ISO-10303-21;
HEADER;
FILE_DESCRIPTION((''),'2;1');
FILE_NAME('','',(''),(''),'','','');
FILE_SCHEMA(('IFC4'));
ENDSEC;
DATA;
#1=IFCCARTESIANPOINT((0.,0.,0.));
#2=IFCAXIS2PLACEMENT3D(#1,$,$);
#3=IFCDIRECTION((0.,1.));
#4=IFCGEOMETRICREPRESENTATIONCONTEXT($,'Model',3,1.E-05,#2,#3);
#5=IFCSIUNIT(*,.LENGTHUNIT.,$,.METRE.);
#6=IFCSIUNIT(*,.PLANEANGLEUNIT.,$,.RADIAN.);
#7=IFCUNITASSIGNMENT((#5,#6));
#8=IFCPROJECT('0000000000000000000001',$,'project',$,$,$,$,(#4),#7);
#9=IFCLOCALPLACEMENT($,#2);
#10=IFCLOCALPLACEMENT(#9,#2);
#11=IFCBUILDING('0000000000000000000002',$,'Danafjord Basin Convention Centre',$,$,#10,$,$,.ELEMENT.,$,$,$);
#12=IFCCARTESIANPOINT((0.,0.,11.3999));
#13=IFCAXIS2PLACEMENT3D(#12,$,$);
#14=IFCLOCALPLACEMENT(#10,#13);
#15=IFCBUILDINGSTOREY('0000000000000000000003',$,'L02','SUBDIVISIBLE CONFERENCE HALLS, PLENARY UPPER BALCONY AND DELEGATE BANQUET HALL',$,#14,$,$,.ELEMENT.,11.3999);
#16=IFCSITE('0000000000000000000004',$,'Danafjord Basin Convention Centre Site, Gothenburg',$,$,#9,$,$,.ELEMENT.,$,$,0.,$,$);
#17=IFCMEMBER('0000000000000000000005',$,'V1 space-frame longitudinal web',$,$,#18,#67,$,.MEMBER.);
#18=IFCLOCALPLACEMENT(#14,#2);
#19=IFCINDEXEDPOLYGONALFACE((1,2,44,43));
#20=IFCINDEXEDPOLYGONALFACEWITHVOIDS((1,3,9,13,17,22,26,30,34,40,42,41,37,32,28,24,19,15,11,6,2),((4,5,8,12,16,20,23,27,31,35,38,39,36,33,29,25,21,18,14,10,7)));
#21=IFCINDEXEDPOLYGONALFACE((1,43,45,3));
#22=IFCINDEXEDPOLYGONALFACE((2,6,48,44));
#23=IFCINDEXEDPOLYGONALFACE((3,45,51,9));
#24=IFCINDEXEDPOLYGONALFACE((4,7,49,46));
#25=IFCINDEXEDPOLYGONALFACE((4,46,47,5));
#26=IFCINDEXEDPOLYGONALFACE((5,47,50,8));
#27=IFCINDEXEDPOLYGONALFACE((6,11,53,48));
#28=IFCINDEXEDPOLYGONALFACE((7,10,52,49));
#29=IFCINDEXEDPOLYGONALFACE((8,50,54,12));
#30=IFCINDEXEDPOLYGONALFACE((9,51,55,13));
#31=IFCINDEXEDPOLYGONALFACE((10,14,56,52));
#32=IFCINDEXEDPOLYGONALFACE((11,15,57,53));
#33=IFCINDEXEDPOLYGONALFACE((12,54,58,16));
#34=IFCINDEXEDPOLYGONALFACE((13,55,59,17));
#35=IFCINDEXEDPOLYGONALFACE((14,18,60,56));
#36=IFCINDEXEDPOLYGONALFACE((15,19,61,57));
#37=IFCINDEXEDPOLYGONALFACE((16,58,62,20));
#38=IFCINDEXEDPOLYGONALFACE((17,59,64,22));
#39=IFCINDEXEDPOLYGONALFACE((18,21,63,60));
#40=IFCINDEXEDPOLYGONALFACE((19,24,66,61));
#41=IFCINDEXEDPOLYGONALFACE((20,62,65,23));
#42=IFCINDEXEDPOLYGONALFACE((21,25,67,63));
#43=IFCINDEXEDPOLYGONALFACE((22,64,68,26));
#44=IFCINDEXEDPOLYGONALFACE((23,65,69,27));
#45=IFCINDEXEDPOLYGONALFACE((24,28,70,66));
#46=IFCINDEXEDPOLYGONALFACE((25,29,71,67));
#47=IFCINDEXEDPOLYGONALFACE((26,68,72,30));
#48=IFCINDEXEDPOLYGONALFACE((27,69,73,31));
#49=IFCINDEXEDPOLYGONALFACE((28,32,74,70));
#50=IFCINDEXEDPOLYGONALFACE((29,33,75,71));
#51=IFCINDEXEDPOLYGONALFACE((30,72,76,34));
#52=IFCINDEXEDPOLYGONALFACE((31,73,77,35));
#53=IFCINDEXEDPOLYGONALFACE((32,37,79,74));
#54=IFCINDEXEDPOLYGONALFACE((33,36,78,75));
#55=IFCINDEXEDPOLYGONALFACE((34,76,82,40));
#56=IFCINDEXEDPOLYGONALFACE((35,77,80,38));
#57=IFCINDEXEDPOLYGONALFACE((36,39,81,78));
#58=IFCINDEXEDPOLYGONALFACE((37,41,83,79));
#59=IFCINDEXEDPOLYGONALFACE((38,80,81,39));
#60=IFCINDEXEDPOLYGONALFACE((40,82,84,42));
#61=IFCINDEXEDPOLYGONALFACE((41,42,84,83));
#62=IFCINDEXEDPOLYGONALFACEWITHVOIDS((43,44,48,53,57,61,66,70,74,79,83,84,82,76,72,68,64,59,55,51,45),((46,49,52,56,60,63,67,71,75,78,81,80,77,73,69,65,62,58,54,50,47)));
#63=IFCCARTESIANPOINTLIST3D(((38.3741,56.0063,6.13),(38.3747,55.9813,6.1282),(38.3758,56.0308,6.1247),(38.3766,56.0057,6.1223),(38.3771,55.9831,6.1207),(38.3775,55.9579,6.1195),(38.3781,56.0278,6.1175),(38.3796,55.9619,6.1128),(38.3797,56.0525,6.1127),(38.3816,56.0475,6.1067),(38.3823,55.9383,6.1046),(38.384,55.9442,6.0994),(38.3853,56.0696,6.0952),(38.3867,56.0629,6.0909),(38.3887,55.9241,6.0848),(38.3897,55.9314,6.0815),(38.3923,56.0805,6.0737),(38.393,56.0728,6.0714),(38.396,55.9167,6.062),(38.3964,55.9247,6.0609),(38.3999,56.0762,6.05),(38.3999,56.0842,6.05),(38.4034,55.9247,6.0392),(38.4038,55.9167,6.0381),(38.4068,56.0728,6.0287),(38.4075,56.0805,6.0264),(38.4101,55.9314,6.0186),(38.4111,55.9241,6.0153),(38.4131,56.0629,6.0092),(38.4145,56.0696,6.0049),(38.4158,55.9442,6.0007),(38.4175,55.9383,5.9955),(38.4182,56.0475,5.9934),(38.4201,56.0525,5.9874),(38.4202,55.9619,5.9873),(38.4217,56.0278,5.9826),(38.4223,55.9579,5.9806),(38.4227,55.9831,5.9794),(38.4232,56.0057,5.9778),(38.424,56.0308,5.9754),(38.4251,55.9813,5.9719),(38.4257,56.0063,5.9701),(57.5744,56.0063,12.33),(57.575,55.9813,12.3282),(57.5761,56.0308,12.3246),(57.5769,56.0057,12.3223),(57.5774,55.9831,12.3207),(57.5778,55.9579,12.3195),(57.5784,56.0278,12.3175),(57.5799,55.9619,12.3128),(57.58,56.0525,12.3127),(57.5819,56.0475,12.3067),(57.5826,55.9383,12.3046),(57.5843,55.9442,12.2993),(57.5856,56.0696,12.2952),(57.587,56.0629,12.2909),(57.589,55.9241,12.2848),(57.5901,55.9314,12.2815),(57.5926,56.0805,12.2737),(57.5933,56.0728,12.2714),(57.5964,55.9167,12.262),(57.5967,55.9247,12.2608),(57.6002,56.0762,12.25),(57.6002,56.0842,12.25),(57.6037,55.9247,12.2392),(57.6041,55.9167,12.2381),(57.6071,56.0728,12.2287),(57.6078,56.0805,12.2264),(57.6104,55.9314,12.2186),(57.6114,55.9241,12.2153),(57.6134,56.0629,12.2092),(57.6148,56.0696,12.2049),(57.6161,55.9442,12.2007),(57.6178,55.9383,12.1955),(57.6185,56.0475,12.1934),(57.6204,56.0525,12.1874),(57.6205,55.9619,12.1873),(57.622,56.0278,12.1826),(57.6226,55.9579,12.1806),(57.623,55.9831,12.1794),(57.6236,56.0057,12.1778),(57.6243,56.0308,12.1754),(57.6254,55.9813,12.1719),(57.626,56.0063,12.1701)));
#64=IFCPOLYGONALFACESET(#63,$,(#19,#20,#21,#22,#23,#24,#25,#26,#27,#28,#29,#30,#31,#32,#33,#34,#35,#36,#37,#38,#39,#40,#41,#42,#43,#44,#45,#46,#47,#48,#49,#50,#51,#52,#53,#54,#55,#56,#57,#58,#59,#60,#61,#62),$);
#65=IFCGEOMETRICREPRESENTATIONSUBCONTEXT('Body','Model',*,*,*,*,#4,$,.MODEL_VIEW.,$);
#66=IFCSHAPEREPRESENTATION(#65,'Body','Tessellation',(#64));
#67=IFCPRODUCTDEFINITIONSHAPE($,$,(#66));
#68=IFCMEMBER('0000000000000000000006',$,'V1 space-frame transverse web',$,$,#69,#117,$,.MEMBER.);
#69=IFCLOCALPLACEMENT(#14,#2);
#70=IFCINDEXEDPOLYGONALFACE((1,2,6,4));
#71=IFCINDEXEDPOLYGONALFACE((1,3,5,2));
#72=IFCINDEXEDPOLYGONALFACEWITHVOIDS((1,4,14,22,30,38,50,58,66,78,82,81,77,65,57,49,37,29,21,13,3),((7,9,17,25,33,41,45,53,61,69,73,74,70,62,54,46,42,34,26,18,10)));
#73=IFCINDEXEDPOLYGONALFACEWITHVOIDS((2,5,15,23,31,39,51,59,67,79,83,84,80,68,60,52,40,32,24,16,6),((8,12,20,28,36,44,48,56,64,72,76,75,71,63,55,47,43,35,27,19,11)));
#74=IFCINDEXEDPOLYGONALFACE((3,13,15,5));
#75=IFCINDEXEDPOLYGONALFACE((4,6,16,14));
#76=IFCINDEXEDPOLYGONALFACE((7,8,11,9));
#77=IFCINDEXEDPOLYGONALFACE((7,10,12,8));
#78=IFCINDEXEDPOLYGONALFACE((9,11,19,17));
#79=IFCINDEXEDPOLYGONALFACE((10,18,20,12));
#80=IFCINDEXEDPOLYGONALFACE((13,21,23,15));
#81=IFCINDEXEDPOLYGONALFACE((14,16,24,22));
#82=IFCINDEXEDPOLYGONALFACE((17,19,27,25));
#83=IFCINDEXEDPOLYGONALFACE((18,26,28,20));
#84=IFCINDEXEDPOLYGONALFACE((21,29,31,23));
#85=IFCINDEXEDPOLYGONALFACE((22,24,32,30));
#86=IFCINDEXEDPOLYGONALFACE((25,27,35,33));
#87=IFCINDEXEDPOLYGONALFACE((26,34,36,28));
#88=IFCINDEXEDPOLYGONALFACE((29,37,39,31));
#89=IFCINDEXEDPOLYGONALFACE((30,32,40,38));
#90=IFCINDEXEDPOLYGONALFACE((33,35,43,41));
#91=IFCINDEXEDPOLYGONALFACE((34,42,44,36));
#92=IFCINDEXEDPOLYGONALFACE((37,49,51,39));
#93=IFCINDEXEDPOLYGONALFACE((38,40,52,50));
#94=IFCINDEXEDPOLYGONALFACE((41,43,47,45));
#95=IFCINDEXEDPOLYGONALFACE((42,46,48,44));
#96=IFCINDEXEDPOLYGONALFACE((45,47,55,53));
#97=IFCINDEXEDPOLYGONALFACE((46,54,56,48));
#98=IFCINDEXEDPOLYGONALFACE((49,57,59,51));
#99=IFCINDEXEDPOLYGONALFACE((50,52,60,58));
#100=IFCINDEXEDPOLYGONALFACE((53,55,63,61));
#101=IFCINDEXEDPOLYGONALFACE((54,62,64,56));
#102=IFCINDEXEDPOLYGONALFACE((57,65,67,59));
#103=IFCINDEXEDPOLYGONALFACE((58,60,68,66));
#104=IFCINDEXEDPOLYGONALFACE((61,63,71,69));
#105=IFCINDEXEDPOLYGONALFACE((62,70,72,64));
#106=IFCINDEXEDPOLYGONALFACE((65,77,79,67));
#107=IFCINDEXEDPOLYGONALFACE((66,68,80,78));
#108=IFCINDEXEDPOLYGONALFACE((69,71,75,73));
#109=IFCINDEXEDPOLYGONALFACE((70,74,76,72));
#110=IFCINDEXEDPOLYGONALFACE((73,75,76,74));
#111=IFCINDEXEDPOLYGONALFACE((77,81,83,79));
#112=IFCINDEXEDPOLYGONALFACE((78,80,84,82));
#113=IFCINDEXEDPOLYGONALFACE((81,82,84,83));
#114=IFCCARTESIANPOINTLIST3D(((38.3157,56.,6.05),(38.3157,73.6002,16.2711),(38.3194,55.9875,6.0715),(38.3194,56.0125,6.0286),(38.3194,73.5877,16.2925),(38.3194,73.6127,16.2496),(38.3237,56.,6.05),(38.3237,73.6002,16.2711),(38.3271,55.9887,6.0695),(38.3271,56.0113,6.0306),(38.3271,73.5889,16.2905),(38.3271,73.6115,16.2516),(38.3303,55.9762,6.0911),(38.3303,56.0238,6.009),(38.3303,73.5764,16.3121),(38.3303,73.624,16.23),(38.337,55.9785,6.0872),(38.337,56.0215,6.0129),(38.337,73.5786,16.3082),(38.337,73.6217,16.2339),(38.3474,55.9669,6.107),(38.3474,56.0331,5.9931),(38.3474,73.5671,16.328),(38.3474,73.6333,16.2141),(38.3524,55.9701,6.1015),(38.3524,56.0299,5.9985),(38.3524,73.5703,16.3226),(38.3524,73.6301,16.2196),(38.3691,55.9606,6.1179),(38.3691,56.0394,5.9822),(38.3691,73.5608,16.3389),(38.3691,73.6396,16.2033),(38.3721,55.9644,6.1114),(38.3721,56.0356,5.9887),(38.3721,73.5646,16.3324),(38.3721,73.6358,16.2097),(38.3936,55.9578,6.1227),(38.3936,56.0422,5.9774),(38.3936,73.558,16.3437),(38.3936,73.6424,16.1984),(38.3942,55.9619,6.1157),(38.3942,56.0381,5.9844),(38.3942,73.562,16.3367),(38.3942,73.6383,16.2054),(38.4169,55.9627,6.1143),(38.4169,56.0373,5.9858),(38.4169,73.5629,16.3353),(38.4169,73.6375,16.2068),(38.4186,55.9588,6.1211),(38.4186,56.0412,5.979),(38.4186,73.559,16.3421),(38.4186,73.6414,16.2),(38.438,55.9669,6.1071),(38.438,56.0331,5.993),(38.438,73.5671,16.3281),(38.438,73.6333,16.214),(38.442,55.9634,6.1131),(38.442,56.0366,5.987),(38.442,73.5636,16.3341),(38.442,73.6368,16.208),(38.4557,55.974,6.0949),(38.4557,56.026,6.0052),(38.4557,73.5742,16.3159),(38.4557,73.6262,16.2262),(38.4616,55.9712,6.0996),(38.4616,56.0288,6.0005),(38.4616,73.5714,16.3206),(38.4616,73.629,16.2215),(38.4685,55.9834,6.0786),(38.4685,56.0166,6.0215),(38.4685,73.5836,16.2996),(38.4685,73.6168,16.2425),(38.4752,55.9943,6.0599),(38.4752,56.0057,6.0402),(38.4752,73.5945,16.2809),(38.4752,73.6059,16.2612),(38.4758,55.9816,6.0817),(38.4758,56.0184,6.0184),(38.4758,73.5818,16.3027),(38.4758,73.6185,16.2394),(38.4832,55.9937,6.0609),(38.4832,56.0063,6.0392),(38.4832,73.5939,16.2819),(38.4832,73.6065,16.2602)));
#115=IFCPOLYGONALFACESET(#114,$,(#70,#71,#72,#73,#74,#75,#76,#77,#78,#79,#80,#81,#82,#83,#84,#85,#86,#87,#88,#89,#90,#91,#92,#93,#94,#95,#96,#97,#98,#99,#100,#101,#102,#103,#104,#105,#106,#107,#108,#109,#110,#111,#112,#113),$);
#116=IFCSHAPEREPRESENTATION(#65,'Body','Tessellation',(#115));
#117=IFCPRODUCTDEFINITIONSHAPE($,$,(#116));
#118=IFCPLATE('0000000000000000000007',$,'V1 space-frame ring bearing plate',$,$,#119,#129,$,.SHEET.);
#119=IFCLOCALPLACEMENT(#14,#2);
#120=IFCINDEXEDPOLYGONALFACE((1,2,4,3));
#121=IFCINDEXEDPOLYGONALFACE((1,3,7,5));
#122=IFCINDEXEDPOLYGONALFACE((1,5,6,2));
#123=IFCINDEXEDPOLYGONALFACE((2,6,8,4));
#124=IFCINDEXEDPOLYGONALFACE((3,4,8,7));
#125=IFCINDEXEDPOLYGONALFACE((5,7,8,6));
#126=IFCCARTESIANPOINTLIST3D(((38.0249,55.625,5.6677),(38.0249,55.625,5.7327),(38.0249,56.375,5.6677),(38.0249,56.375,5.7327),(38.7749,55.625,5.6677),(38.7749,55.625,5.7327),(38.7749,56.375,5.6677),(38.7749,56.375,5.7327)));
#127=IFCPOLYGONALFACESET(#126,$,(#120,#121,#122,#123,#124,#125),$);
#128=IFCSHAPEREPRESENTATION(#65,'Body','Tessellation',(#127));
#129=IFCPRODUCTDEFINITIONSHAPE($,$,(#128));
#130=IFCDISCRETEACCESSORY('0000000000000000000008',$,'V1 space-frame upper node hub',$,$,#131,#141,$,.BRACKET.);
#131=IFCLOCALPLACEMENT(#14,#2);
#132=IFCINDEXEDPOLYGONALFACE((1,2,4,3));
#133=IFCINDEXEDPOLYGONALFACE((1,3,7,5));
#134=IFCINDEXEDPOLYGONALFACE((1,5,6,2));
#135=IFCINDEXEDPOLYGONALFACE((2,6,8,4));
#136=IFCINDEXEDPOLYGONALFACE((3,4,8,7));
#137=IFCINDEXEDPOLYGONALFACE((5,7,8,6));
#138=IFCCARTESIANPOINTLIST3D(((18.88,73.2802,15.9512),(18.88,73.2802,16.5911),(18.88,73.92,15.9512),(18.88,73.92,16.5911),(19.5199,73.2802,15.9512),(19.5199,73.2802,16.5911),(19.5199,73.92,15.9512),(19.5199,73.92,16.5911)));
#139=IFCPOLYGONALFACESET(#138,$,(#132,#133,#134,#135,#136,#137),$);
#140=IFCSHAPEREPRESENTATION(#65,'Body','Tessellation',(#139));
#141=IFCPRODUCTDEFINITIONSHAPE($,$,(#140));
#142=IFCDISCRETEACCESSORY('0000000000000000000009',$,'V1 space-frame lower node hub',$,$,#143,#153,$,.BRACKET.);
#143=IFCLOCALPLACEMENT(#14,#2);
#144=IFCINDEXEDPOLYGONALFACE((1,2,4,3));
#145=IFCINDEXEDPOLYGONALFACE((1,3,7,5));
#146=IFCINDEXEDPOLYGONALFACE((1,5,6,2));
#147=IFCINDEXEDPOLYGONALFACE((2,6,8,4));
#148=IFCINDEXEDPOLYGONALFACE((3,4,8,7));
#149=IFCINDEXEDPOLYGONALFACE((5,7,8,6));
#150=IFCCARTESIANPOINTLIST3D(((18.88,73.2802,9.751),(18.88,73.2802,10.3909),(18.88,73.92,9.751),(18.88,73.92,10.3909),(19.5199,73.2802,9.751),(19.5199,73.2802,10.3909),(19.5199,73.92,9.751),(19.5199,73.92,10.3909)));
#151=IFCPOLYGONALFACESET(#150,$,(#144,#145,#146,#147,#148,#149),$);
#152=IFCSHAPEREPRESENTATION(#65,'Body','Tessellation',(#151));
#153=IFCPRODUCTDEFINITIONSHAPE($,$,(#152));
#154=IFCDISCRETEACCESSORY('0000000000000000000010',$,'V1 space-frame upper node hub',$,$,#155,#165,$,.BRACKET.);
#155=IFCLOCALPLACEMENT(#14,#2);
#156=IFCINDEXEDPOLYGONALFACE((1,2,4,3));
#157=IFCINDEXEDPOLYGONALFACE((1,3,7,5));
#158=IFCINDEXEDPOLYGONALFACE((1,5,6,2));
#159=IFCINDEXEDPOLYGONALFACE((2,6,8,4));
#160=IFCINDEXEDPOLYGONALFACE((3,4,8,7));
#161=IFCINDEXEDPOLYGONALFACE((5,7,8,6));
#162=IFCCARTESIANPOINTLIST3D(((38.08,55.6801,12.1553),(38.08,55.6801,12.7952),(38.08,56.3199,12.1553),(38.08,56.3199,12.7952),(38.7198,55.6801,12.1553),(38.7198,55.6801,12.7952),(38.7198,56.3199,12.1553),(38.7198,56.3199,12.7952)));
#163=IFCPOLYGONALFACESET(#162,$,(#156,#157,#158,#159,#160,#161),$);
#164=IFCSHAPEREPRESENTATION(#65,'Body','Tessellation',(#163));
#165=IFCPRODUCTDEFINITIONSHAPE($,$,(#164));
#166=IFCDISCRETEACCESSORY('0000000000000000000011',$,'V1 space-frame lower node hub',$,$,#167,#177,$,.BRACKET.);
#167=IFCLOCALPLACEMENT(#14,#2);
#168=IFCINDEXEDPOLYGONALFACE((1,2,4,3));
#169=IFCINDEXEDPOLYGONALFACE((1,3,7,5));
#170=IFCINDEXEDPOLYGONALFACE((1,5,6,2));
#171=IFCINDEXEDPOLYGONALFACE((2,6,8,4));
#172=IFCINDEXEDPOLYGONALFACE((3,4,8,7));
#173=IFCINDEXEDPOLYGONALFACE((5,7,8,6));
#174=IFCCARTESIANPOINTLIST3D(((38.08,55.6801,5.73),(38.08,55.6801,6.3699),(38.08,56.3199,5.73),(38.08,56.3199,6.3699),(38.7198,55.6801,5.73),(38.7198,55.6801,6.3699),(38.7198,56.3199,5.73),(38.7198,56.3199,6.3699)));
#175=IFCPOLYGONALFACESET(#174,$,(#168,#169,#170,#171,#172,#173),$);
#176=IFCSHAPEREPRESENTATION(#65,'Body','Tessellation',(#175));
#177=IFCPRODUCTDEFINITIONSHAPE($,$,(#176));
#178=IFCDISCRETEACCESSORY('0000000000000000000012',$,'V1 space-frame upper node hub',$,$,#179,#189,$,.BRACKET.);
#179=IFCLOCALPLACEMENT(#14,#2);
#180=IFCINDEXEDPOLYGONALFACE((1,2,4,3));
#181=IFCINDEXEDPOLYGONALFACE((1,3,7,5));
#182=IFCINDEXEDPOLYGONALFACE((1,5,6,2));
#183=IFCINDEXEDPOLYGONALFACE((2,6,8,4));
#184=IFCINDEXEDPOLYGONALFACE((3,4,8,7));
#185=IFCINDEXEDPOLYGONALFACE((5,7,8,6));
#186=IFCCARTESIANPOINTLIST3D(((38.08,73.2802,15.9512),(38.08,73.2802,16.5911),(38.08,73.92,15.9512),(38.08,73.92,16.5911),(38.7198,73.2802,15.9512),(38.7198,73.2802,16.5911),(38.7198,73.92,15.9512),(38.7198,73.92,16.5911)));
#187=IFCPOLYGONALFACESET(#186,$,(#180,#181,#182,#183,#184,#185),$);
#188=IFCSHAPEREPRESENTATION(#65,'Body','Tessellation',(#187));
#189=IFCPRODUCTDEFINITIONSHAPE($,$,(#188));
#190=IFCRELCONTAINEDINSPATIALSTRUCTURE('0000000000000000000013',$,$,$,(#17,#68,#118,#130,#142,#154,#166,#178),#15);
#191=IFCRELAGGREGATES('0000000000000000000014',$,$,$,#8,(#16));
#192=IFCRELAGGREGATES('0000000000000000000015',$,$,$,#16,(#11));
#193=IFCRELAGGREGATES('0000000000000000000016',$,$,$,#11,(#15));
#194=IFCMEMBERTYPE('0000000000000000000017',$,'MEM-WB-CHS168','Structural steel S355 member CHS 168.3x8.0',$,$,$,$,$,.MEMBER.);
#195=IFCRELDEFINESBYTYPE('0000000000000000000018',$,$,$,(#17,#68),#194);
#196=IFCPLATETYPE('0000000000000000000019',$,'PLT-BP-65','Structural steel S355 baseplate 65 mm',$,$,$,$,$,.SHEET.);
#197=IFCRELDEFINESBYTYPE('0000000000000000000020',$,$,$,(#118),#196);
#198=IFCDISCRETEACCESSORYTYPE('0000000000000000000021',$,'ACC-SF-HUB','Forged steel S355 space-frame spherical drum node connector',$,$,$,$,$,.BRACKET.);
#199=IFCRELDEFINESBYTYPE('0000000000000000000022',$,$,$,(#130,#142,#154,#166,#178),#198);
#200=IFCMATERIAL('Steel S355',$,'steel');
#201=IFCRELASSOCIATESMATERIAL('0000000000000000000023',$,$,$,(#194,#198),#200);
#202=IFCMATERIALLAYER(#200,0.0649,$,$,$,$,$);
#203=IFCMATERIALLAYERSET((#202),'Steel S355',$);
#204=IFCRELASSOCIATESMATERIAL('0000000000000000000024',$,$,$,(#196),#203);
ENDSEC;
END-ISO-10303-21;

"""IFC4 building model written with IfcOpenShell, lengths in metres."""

from ifc_helpers import new_model, si_unit, direction, frame, origin, origin_2d, place, context, subcontext, project, spatial, rectangle, hollow_circle, extrude, material, layer, layer_set, material_profile, profile_set, type_object, element, save


model = new_model("IFC4")

# Units and contexts
model_context = context("Model", 3, precision=1e-05, world=origin(), true_north=direction((0.0, 1.0)))
body_context = subcontext(model_context, "Body", "Model", "MODEL_VIEW")
ifc_project = project(units=[si_unit("LENGTHUNIT", "METRE"), si_unit("PLANEANGLEUNIT", "RADIAN")], contexts=[model_context])

# Site, building, storey
site_placement = place(None, origin())
site = spatial("IfcSite", under=ifc_project, at=site_placement, Name="Danafjord Basin Convention Centre Site, Gothenburg", CompositionType="ELEMENT", RefElevation=0.0)
building_placement = place(site_placement, origin())
building = spatial("IfcBuilding", under=site, at=building_placement, Name="Danafjord Basin Convention Centre", CompositionType="ELEMENT")
storey_placement = place(building_placement, frame((0.0, 0.0, 11.3999)))
storey = spatial("IfcBuildingStorey", under=building, at=storey_placement, Name="L02", Description="SUBDIVISIBLE CONFERENCE HALLS, PLENARY UPPER BALCONY AND DELEGATE BANQUET HALL", CompositionType="ELEMENT", Elevation=11.3999)

# Shared definitions
ifc_material_1 = material(Name="Steel S355", Category="steel")

# Members
ifc_material_profile_1 = material_profile(ifc_material_1, hollow_circle(Radius=0.0842, WallThickness=0.0081, at=origin_2d()), Name="CHS 168.3x8.0")
ifc_profile_set_1 = profile_set([ifc_material_profile_1], Name="Steel S355")
member_type_1 = type_object("IfcMemberType", Name="MEM-WB-CHS168", Description="Structural steel S355 member CHS 168.3x8.0", PredefinedType="MEMBER", material=ifc_profile_set_1)
member_1_placement = place(storey_placement, frame((38.3999, 56.0, 6.05), z_axis=(0.951617, 0.0, 0.307287), x_axis=(0.0, 1.0, 0.0)))
element("IfcMember", 1, at=member_1_placement, inside=storey, type_object=member_type_1, Name="V1 space-frame longitudinal web", PredefinedType="MEMBER", context=body_context, shape_type="SweptSolid", body=[
    extrude(hollow_circle(Radius=0.0842, WallThickness=0.0081, at=origin_2d()), origin(), (0.0, 0.0, 1.0), 20.1765),
])
member_2_placement = place(storey_placement, frame((38.3999, 56.0, 6.05), z_axis=(0.0, 0.864756, 0.502192), x_axis=(-1.0, 0.0, 0.0)))
element("IfcMember", 2, at=member_2_placement, inside=storey, type_object=member_type_1, Name="V1 space-frame transverse web", PredefinedType="MEMBER", context=body_context, shape_type="SweptSolid", body=[
    extrude(hollow_circle(Radius=0.0842, WallThickness=0.0081, at=origin_2d()), origin(), (0.0, 0.0, 1.0), 20.3528),
])

# Plate
ifc_layer = layer(ifc_material_1, 0.0649)
ifc_layer_set = layer_set([ifc_layer], Name="Steel S355")
plate_type = type_object("IfcPlateType", Name="PLT-BP-65", Description="Structural steel S355 baseplate 65 mm", PredefinedType="SHEET", material=ifc_layer_set)
plate_placement = place(storey_placement, frame((38.3999, 56.0, 5.6677), z_axis=(0.0, 0.0, 1.0), x_axis=(1.0, 0.0, 0.0)))
element("IfcPlate", 3, at=plate_placement, inside=storey, type_object=plate_type, Name="V1 space-frame ring bearing plate", PredefinedType="SHEET", context=body_context, shape_type="SweptSolid", body=[
    extrude(rectangle(XDim=0.75, YDim=0.75, at=origin_2d()), origin(), (0.0, 0.0, 1.0), 0.0649),
])

# Discrete accessories
discrete_accessory_type = type_object("IfcDiscreteAccessoryType", Name="ACC-SF-HUB", Description="Forged steel S355 space-frame spherical drum node connector", PredefinedType="BRACKET", material=ifc_material_1)
for number, where, z_axis, x_axis, name in (
    (4, (19.2, 73.6001, 15.9512), (0.0, 0.0, 1.0), (1.0, 0.0, 0.0), "V1 space-frame upper node hub"),
    (5, (19.2, 73.6001, 9.751), (0.0, 0.0, 1.0), (1.0, 0.0, 0.0), "V1 space-frame lower node hub"),
    (6, (38.3999, 56.0, 12.1553), (0.0, 0.0, 1.0), (1.0, 0.0, 0.0), "V1 space-frame upper node hub"),
    (7, (38.3999, 56.0, 5.73), (0.0, 0.0, 1.0), (1.0, 0.0, 0.0), "V1 space-frame lower node hub"),
    (8, (38.3999, 73.6001, 15.9512), (0.0, 0.0, 1.0), (1.0, 0.0, 0.0), "V1 space-frame upper node hub"),
):
    element("IfcDiscreteAccessory", number, at=place(storey_placement, frame(where, z_axis=z_axis, x_axis=x_axis)), inside=storey, type_object=discrete_accessory_type, Name=name, PredefinedType="BRACKET", context=body_context, shape_type="SweptSolid", body=[
        extrude(rectangle(XDim=0.6399, YDim=0.6399, at=origin_2d()), origin(), (0.0, 0.0, 1.0), 0.6399),
    ])

save(model, "model.ifc")
